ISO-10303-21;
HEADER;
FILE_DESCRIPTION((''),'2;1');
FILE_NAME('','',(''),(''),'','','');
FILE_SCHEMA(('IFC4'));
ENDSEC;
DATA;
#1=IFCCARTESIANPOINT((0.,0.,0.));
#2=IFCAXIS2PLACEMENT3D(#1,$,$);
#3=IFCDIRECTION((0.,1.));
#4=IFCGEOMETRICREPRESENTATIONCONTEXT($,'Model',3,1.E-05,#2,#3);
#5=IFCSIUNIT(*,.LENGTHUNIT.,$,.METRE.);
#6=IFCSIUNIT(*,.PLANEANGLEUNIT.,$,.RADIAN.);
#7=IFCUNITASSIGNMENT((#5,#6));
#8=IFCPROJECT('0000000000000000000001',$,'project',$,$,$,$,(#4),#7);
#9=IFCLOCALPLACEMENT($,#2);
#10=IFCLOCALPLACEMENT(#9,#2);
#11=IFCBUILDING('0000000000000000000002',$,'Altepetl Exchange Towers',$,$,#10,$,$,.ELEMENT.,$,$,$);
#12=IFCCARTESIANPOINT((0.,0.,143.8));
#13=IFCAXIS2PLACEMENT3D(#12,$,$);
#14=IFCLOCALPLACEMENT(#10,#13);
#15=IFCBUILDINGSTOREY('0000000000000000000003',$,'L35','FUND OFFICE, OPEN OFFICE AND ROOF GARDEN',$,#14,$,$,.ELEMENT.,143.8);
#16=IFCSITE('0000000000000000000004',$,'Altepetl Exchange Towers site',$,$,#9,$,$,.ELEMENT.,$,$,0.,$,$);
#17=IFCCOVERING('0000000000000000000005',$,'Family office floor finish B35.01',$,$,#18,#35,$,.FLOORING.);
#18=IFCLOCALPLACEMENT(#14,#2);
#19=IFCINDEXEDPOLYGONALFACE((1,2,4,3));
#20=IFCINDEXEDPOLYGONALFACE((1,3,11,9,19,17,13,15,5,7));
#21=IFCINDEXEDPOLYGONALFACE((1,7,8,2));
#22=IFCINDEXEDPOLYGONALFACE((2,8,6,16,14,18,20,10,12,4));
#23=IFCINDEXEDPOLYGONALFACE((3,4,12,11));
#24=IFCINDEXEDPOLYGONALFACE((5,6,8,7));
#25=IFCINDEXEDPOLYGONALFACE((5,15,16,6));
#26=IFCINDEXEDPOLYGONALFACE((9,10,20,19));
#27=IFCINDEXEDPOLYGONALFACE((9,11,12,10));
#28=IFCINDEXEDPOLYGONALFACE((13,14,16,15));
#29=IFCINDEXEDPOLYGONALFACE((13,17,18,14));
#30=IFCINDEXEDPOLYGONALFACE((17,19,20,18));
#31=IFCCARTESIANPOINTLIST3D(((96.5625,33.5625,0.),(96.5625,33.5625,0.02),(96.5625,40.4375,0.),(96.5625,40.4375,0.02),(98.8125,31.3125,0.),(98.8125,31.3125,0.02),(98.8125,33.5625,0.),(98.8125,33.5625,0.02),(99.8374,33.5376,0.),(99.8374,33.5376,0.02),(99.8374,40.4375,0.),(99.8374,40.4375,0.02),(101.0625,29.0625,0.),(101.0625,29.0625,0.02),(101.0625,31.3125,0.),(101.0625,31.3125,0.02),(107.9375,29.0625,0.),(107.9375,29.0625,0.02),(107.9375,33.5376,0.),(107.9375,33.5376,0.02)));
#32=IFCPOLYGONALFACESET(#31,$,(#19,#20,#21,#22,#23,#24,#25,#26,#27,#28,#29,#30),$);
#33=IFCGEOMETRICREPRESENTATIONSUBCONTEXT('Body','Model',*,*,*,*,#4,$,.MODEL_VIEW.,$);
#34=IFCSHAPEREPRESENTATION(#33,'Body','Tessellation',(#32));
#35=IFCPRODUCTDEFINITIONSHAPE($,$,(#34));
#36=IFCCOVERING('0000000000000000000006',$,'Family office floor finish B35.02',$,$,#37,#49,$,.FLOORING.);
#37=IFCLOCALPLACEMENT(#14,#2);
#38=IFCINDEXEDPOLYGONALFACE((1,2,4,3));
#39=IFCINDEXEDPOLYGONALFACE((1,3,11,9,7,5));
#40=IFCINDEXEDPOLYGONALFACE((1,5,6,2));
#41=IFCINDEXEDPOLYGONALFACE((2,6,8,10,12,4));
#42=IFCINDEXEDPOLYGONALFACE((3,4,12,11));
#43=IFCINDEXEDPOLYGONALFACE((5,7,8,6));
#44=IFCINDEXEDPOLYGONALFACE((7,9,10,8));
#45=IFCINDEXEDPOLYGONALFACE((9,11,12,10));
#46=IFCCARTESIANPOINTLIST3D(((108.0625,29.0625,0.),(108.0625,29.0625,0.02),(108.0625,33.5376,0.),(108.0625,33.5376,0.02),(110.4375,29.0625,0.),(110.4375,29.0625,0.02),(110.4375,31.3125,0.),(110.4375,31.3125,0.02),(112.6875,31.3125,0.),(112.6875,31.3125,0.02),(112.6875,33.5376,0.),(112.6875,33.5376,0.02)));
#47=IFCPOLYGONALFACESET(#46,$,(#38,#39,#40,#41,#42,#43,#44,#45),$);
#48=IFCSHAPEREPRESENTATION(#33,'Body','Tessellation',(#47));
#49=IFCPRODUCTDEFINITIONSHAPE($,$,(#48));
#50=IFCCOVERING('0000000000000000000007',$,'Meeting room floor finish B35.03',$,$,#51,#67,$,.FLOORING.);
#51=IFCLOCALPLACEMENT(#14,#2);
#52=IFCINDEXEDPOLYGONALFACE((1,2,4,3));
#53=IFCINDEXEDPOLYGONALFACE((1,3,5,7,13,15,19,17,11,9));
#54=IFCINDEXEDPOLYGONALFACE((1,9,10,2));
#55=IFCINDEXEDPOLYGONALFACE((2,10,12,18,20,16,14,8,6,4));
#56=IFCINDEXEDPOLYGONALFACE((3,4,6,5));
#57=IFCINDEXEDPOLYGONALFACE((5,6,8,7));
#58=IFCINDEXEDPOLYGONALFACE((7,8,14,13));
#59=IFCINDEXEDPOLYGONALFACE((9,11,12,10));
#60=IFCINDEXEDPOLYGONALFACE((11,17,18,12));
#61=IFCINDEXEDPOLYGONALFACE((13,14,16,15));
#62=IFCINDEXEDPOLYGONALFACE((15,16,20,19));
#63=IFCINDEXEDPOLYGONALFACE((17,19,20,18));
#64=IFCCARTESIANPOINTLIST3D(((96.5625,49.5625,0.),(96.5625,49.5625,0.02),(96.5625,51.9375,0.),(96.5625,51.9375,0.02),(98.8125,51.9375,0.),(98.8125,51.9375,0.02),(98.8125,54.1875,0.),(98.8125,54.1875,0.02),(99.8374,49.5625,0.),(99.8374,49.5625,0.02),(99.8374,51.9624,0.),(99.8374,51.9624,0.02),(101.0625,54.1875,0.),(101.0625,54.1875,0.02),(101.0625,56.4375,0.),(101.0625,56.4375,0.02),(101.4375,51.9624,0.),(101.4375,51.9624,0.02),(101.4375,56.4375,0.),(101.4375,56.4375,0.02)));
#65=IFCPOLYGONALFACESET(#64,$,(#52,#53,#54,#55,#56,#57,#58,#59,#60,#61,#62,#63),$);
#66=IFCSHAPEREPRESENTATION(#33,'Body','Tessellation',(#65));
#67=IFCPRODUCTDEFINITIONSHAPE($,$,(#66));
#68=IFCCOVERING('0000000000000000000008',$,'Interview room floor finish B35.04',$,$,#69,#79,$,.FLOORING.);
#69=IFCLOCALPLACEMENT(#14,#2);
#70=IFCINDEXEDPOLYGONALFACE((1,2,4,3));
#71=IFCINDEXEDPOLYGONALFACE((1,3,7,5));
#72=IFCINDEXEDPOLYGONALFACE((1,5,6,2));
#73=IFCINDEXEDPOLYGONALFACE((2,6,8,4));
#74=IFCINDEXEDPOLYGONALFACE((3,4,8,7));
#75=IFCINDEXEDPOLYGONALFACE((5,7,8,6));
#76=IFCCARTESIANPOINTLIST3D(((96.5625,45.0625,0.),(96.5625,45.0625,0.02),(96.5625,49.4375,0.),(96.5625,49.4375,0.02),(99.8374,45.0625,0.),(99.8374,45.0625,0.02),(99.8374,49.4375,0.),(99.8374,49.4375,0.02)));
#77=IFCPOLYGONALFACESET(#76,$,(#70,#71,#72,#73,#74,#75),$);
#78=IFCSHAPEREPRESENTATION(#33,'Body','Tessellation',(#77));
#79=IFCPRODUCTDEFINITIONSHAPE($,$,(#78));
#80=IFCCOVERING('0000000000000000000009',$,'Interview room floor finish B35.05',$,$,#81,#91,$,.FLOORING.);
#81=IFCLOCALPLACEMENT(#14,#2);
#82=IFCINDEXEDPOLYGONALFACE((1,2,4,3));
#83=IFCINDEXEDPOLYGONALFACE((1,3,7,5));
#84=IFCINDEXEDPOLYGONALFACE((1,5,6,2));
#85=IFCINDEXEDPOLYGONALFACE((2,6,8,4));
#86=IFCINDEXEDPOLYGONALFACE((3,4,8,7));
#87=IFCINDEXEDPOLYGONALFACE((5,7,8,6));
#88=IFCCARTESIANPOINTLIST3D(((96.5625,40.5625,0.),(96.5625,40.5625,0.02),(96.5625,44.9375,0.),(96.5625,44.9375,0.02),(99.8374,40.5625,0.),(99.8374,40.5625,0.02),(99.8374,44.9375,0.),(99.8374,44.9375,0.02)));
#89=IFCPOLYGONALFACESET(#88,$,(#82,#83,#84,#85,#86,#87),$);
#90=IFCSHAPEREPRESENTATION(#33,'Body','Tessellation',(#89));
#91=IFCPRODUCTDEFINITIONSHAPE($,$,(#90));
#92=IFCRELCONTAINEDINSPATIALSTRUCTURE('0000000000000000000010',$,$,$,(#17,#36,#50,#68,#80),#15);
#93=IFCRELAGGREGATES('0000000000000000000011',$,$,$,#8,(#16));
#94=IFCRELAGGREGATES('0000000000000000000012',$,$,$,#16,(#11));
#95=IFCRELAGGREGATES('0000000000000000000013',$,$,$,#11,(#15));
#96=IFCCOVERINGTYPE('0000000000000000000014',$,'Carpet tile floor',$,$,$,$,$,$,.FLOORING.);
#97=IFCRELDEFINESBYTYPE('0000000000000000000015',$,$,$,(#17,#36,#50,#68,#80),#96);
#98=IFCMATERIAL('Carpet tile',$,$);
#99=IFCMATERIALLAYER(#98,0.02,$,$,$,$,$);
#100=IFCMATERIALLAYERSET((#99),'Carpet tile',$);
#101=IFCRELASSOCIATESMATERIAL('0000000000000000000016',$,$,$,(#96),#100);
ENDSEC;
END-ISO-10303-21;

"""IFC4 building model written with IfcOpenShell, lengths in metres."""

from ifc_helpers import new_model, si_unit, direction, frame, origin, place, context, subcontext, project, spatial, polyline, outline, extrude, material, layer, layer_set, type_object, element, save


model = new_model("IFC4")

# Units and contexts
model_context = context("Model", 3, precision=1e-05, world=origin(), true_north=direction((0.0, 1.0)))
body_context = subcontext(model_context, "Body", "Model", "MODEL_VIEW")
ifc_project = project(units=[si_unit("LENGTHUNIT", "METRE"), si_unit("PLANEANGLEUNIT", "RADIAN")], contexts=[model_context])

# Site, building, storey
site_placement = place(None, origin())
site = spatial("IfcSite", under=ifc_project, at=site_placement, Name="Altepetl Exchange Towers site", CompositionType="ELEMENT", RefElevation=0.0)
building_placement = place(site_placement, origin())
building = spatial("IfcBuilding", under=site, at=building_placement, Name="Altepetl Exchange Towers", CompositionType="ELEMENT")
storey_placement = place(building_placement, frame((0.0, 0.0, 143.8)))
storey = spatial("IfcBuildingStorey", under=building, at=storey_placement, Name="L35", Description="FUND OFFICE, OPEN OFFICE AND ROOF GARDEN", CompositionType="ELEMENT", Elevation=143.8)

# Coverings
ifc_material_1 = material(Name="Carpet tile")
ifc_layer_1 = layer(ifc_material_1, 0.02)
ifc_layer_set_1 = layer_set([ifc_layer_1], Name="Carpet tile")
covering_type = type_object("IfcCoveringType", Name="Carpet tile floor", PredefinedType="FLOORING", material=ifc_layer_set_1)
covering_1_placement = place(storey_placement, origin())
element("IfcCovering", 1, at=covering_1_placement, inside=storey, type_object=covering_type, Name="Family office floor finish B35.01", PredefinedType="FLOORING", context=body_context, shape_type="SweptSolid", body=[
    extrude(outline(polyline([(98.8125, 33.5625), (98.8125, 31.3125), (101.0625, 31.3125), (101.0625, 29.0625), (107.9375, 29.0625), (107.9375, 33.5376), (99.8374, 33.5376), (99.8374, 40.4375), (96.5625, 40.4375), (96.5625, 33.5625), (98.8125, 33.5625)])), origin(), (0.0, 0.0, 1.0), 0.02),
])
covering_2_placement = place(storey_placement, origin())
element("IfcCovering", 2, at=covering_2_placement, inside=storey, type_object=covering_type, Name="Family office floor finish B35.02", PredefinedType="FLOORING", context=body_context, shape_type="SweptSolid", body=[
    extrude(outline(polyline([(108.0625, 33.5376), (108.0625, 29.0625), (110.4375, 29.0625), (110.4375, 31.3125), (112.6875, 31.3125), (112.6875, 33.5376), (108.0625, 33.5376)])), origin(), (0.0, 0.0, 1.0), 0.02),
])
covering_3_placement = place(storey_placement, origin())
element("IfcCovering", 3, at=covering_3_placement, inside=storey, type_object=covering_type, Name="Meeting room floor finish B35.03", PredefinedType="FLOORING", context=body_context, shape_type="SweptSolid", body=[
    extrude(outline(polyline([(96.5625, 49.5625), (99.8374, 49.5625), (99.8374, 51.9624), (101.4375, 51.9624), (101.4375, 56.4375), (101.0625, 56.4375), (101.0625, 54.1875), (98.8125, 54.1875), (98.8125, 51.9375), (96.5625, 51.9375), (96.5625, 49.5625)])), origin(), (0.0, 0.0, 1.0), 0.02),
])
covering_4_placement = place(storey_placement, origin())
element("IfcCovering", 4, at=covering_4_placement, inside=storey, type_object=covering_type, Name="Interview room floor finish B35.04", PredefinedType="FLOORING", context=body_context, shape_type="SweptSolid", body=[
    extrude(outline(polyline([(96.5625, 45.0625), (99.8374, 45.0625), (99.8374, 49.4375), (96.5625, 49.4375), (96.5625, 45.0625)])), origin(), (0.0, 0.0, 1.0), 0.02),
])
covering_5_placement = place(storey_placement, origin())
element("IfcCovering", 5, at=covering_5_placement, inside=storey, type_object=covering_type, Name="Interview room floor finish B35.05", PredefinedType="FLOORING", context=body_context, shape_type="SweptSolid", body=[
    extrude(outline(polyline([(96.5625, 40.5625), (99.8374, 40.5625), (99.8374, 44.9375), (96.5625, 44.9375), (96.5625, 40.5625)])), origin(), (0.0, 0.0, 1.0), 0.02),
])

save(model, "model.ifc")
